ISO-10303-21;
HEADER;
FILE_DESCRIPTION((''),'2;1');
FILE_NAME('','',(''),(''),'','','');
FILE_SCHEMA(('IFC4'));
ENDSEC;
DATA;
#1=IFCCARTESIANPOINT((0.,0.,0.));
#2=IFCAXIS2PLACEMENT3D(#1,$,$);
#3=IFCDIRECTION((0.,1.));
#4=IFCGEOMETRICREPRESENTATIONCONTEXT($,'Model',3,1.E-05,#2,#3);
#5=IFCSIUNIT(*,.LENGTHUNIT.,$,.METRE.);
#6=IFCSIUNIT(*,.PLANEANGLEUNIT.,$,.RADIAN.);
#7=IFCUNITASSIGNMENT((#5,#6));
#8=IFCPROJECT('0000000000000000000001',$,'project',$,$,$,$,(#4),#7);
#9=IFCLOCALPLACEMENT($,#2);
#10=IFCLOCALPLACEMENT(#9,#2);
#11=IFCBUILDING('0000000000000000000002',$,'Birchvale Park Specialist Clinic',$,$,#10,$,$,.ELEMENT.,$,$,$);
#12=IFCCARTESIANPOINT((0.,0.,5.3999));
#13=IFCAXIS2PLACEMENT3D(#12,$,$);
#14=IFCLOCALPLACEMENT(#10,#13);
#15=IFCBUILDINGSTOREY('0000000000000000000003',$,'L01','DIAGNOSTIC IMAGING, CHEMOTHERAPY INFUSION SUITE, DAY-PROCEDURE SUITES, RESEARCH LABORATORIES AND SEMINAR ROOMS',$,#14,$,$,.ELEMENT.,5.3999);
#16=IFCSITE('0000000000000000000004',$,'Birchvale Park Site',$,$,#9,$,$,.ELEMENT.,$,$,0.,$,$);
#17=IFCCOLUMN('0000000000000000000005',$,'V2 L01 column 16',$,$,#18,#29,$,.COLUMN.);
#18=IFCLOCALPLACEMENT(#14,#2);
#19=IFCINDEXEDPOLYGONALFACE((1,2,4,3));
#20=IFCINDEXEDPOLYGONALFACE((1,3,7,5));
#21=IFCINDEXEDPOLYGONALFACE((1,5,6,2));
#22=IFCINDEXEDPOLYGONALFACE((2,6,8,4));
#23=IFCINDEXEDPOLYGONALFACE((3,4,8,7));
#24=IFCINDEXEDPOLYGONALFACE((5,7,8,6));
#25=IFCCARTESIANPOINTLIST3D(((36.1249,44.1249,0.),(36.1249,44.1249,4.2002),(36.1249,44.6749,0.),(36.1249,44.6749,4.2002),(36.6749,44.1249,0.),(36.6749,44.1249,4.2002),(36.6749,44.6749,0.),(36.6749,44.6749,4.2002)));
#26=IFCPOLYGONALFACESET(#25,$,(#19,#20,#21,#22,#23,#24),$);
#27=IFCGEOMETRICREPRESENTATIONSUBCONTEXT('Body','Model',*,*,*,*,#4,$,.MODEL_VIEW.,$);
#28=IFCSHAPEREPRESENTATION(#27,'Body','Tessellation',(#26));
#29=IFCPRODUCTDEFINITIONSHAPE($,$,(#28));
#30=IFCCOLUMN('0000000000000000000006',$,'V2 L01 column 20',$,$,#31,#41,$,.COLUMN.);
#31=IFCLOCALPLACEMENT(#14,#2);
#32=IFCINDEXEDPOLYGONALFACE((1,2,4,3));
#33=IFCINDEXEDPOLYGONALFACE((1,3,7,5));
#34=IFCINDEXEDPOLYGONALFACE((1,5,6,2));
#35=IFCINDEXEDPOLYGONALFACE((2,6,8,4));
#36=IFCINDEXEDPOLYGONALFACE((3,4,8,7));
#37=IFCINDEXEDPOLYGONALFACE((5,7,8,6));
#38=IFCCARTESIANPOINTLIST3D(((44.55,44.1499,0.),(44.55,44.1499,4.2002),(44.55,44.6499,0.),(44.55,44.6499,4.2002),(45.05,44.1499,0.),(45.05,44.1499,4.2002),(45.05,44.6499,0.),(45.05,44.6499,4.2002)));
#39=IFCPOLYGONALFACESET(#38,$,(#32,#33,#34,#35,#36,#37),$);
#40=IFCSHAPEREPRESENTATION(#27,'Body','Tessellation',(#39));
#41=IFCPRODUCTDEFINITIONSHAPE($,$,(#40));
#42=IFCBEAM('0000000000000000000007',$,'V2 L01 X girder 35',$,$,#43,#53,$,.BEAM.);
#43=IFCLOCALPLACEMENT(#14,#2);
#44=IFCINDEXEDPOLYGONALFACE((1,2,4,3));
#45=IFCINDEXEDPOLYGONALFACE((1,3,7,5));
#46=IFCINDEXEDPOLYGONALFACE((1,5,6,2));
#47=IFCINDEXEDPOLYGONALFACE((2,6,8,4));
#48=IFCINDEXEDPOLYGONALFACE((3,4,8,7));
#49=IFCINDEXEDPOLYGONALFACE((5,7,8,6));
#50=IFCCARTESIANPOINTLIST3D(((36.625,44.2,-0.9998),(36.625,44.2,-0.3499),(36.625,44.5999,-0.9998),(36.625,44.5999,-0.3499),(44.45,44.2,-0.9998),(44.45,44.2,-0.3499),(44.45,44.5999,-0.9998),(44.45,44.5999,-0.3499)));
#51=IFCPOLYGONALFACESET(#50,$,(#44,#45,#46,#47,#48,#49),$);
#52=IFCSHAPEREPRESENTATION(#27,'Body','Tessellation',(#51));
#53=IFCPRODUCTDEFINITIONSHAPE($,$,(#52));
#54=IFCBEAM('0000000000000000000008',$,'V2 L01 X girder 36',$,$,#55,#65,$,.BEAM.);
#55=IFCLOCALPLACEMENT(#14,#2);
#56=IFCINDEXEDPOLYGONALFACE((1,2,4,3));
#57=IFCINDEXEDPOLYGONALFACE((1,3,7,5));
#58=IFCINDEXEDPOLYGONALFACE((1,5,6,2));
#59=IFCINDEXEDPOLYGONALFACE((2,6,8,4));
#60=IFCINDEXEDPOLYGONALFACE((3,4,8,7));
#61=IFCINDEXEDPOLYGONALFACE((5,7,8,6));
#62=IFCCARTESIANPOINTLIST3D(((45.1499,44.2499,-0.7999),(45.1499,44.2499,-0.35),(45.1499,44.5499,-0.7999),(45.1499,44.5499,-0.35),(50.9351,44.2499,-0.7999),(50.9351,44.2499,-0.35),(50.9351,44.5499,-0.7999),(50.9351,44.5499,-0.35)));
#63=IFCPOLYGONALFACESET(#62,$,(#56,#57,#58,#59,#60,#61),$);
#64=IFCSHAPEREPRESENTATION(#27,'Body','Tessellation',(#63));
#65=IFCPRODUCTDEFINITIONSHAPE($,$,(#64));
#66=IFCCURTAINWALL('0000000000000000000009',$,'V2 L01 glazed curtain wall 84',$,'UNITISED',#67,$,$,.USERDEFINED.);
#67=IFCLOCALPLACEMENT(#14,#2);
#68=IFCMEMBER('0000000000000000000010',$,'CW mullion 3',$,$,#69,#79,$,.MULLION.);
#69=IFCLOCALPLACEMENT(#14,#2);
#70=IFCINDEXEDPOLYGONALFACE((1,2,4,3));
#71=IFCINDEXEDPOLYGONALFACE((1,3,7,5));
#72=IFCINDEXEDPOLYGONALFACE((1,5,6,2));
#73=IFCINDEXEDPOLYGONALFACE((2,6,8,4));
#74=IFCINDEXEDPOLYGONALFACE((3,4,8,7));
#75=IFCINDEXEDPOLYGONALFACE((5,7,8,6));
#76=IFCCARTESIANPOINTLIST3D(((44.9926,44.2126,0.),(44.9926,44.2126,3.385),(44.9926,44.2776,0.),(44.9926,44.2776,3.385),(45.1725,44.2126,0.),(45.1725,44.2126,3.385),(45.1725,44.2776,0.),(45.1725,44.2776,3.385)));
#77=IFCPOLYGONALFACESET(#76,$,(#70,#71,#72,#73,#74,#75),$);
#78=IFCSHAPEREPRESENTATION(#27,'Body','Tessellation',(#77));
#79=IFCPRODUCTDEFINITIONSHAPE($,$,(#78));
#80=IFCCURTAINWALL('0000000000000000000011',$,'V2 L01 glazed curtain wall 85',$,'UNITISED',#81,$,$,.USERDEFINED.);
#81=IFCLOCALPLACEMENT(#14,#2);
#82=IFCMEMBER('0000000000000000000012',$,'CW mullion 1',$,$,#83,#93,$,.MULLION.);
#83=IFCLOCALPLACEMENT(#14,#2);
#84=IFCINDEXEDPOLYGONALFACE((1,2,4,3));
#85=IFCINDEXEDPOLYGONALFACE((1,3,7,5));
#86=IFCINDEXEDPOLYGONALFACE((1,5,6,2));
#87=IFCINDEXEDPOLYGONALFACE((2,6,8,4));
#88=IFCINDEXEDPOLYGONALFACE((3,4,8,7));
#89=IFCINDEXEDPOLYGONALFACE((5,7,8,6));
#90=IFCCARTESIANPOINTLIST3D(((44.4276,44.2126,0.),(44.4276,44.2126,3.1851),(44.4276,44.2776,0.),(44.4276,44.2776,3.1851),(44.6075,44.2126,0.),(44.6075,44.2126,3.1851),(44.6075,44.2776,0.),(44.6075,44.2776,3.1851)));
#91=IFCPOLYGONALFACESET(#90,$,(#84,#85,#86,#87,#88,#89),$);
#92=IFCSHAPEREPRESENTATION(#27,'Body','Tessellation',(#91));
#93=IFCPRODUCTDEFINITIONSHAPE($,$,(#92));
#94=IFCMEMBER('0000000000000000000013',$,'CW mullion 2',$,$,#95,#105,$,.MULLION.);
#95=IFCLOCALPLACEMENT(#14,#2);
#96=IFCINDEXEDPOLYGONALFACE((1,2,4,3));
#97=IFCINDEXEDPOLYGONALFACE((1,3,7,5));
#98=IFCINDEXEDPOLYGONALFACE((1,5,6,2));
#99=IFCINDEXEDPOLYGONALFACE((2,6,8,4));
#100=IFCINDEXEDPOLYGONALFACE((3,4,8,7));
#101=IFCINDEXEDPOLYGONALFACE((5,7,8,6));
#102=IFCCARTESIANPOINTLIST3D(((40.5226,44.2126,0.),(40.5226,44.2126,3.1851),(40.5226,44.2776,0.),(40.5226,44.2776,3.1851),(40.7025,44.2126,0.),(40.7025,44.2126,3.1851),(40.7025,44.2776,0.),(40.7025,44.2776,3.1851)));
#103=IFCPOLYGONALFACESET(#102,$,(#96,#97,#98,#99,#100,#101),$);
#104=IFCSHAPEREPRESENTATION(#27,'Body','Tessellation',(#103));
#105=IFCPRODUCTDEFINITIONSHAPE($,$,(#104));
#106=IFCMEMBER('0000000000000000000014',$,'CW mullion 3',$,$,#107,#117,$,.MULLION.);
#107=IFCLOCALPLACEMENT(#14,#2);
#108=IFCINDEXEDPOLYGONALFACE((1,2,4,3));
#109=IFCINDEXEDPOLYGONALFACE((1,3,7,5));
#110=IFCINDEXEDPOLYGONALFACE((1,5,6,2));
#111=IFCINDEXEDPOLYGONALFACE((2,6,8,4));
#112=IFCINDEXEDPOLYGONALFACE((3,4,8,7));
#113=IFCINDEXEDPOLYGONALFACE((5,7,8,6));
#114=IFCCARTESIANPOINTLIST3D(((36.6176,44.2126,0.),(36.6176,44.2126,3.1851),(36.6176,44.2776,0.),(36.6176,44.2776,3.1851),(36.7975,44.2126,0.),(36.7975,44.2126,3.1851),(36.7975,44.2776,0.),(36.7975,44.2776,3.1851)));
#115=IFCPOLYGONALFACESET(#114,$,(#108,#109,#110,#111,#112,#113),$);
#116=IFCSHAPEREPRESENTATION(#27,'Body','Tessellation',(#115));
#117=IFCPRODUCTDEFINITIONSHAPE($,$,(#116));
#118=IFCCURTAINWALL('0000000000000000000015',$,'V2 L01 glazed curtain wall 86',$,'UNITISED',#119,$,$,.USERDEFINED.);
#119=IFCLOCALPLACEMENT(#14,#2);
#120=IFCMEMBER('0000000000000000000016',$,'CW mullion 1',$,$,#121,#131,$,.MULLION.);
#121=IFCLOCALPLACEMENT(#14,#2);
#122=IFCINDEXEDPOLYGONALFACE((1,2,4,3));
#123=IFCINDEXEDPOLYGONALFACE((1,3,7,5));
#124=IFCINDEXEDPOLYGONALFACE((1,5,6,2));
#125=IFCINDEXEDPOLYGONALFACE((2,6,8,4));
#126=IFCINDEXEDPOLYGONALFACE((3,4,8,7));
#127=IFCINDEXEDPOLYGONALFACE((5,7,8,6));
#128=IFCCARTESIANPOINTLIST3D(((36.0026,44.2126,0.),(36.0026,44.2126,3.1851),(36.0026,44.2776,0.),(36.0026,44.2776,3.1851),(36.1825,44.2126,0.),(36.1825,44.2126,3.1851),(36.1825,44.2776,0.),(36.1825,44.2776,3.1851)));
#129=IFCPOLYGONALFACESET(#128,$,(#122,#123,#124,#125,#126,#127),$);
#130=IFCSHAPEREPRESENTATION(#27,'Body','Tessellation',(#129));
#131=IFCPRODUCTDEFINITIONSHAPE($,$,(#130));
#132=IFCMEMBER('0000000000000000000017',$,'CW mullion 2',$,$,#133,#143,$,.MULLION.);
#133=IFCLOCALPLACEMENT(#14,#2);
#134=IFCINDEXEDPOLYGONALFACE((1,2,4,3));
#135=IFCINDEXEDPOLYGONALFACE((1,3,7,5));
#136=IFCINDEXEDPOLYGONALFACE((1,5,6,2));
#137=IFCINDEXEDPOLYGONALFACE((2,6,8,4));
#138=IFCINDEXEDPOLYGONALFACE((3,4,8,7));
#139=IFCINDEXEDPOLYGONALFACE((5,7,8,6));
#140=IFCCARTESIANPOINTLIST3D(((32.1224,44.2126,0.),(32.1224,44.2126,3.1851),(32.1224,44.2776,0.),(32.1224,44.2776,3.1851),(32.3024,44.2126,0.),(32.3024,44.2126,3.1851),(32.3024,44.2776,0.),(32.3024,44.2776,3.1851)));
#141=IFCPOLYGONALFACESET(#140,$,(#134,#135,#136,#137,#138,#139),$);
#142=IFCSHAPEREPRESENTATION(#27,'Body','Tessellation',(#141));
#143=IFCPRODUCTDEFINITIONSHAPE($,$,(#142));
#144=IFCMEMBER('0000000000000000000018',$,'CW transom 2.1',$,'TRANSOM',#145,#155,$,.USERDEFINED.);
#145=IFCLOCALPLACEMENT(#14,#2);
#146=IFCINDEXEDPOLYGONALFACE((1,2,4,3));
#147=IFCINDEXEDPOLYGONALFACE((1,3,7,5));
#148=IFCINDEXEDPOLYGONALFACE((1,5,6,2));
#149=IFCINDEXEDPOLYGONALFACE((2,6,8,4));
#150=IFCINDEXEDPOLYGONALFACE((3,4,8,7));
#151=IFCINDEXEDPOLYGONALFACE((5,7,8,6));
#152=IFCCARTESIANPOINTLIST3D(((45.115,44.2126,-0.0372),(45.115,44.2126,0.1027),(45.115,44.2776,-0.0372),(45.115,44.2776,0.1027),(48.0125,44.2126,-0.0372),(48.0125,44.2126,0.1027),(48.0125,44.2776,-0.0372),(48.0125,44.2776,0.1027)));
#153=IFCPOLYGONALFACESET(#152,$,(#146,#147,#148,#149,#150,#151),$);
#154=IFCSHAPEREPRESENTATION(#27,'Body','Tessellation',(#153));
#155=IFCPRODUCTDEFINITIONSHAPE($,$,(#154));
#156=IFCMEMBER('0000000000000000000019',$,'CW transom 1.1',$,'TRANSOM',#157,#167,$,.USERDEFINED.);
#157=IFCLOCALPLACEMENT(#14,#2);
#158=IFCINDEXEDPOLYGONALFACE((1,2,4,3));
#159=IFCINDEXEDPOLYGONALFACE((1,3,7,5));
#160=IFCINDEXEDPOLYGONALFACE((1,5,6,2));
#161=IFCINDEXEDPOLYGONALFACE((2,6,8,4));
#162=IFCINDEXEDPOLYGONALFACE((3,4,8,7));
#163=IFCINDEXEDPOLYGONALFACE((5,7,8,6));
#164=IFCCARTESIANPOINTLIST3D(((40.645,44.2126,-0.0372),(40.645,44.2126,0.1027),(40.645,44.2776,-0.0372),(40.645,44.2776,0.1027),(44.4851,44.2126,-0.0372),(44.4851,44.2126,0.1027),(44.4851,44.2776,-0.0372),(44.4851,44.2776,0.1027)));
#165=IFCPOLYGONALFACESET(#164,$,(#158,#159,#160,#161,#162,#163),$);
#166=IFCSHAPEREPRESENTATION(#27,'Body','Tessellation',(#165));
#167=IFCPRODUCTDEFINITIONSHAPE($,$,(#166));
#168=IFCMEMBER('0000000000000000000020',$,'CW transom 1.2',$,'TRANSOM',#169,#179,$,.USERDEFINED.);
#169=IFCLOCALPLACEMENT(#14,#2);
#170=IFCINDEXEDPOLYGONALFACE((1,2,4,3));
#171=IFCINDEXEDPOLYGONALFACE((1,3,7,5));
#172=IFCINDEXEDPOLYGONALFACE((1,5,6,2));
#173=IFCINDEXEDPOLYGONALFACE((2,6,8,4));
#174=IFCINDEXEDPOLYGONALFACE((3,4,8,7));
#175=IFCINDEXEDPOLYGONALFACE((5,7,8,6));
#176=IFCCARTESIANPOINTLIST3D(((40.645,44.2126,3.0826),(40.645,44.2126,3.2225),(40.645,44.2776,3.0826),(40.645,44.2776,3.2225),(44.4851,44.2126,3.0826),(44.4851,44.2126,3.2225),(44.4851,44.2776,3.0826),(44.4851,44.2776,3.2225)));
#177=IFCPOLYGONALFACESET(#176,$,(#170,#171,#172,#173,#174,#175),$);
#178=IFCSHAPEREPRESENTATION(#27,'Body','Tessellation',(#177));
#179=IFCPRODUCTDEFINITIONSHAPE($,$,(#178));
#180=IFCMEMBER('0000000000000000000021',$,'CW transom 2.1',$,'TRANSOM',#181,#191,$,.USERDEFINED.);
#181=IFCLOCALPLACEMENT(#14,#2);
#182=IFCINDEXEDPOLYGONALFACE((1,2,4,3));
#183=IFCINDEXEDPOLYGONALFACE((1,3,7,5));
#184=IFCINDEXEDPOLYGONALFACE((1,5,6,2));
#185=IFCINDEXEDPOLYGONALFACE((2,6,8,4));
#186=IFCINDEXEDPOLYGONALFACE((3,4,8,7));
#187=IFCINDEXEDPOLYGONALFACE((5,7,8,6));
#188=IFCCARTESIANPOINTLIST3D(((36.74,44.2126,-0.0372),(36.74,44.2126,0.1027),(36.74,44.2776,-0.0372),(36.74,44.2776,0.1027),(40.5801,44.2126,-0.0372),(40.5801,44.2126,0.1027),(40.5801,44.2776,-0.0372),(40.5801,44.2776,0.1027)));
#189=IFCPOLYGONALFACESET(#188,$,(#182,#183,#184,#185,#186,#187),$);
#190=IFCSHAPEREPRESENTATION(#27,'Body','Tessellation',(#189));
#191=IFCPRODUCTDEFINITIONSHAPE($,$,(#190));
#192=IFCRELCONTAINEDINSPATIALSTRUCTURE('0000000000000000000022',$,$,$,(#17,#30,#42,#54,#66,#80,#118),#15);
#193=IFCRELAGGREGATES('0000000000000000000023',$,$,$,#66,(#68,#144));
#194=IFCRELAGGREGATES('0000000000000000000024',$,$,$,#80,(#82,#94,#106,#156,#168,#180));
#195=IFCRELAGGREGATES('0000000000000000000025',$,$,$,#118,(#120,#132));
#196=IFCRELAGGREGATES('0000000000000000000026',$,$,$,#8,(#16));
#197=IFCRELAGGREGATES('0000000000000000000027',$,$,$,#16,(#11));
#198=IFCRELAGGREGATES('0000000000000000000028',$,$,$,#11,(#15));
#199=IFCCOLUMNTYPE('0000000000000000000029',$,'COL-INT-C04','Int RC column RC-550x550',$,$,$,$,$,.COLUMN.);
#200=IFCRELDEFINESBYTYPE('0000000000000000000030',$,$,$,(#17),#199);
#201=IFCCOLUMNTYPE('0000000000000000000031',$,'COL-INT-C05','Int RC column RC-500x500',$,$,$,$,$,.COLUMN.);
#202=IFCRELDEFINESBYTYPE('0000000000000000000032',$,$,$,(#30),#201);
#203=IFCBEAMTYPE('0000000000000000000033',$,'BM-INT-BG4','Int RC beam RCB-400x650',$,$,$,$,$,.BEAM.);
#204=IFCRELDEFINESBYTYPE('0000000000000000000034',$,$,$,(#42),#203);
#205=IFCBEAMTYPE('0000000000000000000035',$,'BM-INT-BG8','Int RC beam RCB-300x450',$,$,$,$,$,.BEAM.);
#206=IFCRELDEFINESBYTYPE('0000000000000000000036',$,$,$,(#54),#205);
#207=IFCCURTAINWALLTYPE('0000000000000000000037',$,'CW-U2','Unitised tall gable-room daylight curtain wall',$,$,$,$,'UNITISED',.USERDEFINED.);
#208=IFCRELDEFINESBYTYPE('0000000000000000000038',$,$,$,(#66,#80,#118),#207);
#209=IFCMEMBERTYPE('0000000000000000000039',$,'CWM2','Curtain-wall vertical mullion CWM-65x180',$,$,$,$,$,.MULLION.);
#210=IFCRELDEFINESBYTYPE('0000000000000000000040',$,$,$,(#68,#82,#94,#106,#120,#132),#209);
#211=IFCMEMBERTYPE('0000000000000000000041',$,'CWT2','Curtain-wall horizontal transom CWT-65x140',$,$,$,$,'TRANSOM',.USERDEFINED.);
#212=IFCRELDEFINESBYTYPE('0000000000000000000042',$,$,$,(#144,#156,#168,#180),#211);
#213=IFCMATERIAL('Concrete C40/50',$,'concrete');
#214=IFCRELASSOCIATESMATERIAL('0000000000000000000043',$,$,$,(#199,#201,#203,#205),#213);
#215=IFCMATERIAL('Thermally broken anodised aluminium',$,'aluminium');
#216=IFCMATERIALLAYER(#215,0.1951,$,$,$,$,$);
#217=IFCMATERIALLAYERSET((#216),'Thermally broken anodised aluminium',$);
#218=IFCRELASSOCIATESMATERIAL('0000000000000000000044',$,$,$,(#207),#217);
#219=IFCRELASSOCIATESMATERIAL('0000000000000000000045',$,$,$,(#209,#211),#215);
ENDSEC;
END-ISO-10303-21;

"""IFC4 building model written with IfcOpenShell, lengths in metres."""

from ifc_helpers import new_model, si_unit, direction, frame, origin, origin_2d, place, context, subcontext, project, spatial, rectangle, extrude, material, layer, layer_set, material_profile, profile_set, type_object, element, aggregate, save


model = new_model("IFC4")

# Units and contexts
model_context = context("Model", 3, precision=1e-05, world=origin(), true_north=direction((0.0, 1.0)))
body_context = subcontext(model_context, "Body", "Model", "MODEL_VIEW")
ifc_project = project(units=[si_unit("LENGTHUNIT", "METRE"), si_unit("PLANEANGLEUNIT", "RADIAN")], contexts=[model_context])

# Site, building, storey
site_placement = place(None, origin())
site = spatial("IfcSite", under=ifc_project, at=site_placement, Name="Birchvale Park Site", CompositionType="ELEMENT", RefElevation=0.0)
building_placement = place(site_placement, origin())
building = spatial("IfcBuilding", under=site, at=building_placement, Name="Birchvale Park Specialist Clinic", CompositionType="ELEMENT")
storey_placement = place(building_placement, frame((0.0, 0.0, 5.3999)))
storey = spatial("IfcBuildingStorey", under=building, at=storey_placement, Name="L01", Description="DIAGNOSTIC IMAGING, CHEMOTHERAPY INFUSION SUITE, DAY-PROCEDURE SUITES, RESEARCH LABORATORIES AND SEMINAR ROOMS", CompositionType="ELEMENT", Elevation=5.3999)

# Columns
ifc_material_1 = material(Name="Concrete C40/50", Category="concrete")
ifc_material_profile_1 = material_profile(ifc_material_1, rectangle(XDim=0.55, YDim=0.55, at=origin_2d()), Name="RC-550x550")
ifc_profile_set_1 = profile_set([ifc_material_profile_1], Name="Concrete C40/50")
column_type_1 = type_object("IfcColumnType", Name="COL-INT-C04", Description="Int RC column RC-550x550", PredefinedType="COLUMN", material=ifc_profile_set_1)
column_1_placement = place(storey_placement, frame((36.3999, 44.3999, 0.0), z_axis=(0.0, 0.0, 1.0), x_axis=(1.0, 0.0, 0.0)))
element("IfcColumn", 1, at=column_1_placement, inside=storey, type_object=column_type_1, Name="V2 L01 column 16", PredefinedType="COLUMN", context=body_context, shape_type="SweptSolid", body=[
    extrude(rectangle(XDim=0.55, YDim=0.55, at=origin_2d()), origin(), (0.0, 0.0, 1.0), 4.2002),
])
ifc_material_profile_2 = material_profile(ifc_material_1, rectangle(XDim=0.5, YDim=0.5, at=origin_2d()), Name="RC-500x500")
ifc_profile_set_2 = profile_set([ifc_material_profile_2], Name="Concrete C40/50")
column_type_2 = type_object("IfcColumnType", Name="COL-INT-C05", Description="Int RC column RC-500x500", PredefinedType="COLUMN", material=ifc_profile_set_2)
column_2_placement = place(storey_placement, frame((44.8, 44.3999, 0.0), z_axis=(0.0, 0.0, 1.0), x_axis=(1.0, 0.0, 0.0)))
element("IfcColumn", 2, at=column_2_placement, inside=storey, type_object=column_type_2, Name="V2 L01 column 20", PredefinedType="COLUMN", context=body_context, shape_type="SweptSolid", body=[
    extrude(rectangle(XDim=0.5, YDim=0.5, at=origin_2d()), origin(), (0.0, 0.0, 1.0), 4.2002),
])

# Beams
ifc_material_profile_3 = material_profile(ifc_material_1, rectangle(XDim=0.3999, YDim=0.6499, at=origin_2d()), Name="RCB-400x650")
ifc_profile_set_3 = profile_set([ifc_material_profile_3], Name="Concrete C40/50")
beam_type_1 = type_object("IfcBeamType", Name="BM-INT-BG4", Description="Int RC beam RCB-400x650", PredefinedType="BEAM", material=ifc_profile_set_3)
beam_1_placement = place(storey_placement, frame((36.625, 44.3999, -0.6748), z_axis=(1.0, 0.0, 0.0), x_axis=(0.0, 1.0, 0.0)))
element("IfcBeam", 3, at=beam_1_placement, inside=storey, type_object=beam_type_1, Name="V2 L01 X girder 35", PredefinedType="BEAM", context=body_context, shape_type="SweptSolid", body=[
    extrude(rectangle(XDim=0.3999, YDim=0.6499, at=origin_2d()), origin(), (0.0, 0.0, 1.0), 7.825),
])
ifc_material_profile_4 = material_profile(ifc_material_1, rectangle(XDim=0.3, YDim=0.45, at=origin_2d()), Name="RCB-300x450")
ifc_profile_set_4 = profile_set([ifc_material_profile_4], Name="Concrete C40/50")
beam_type_2 = type_object("IfcBeamType", Name="BM-INT-BG8", Description="Int RC beam RCB-300x450", PredefinedType="BEAM", material=ifc_profile_set_4)
beam_2_placement = place(storey_placement, frame((45.1499, 44.3999, -0.575), z_axis=(1.0, 0.0, 0.0), x_axis=(0.0, 1.0, 0.0)))
element("IfcBeam", 4, at=beam_2_placement, inside=storey, type_object=beam_type_2, Name="V2 L01 X girder 36", PredefinedType="BEAM", context=body_context, shape_type="SweptSolid", body=[
    extrude(rectangle(XDim=0.3, YDim=0.45, at=origin_2d()), origin(), (0.0, 0.0, 1.0), 5.7852),
])

# Curtain wall, member
ifc_material_2 = material(Name="Thermally broken anodised aluminium", Category="aluminium")
ifc_layer_1 = layer(ifc_material_2, 0.1951)
ifc_layer_set_1 = layer_set([ifc_layer_1], Name="Thermally broken anodised aluminium")
curtain_wall_type = type_object("IfcCurtainWallType", Name="CW-U2", Description="Unitised tall gable-room daylight curtain wall", ElementType="UNITISED", PredefinedType="USERDEFINED", material=ifc_layer_set_1)
curtain_wall_1_placement = place(storey_placement, origin())
curtain_wall_1 = element("IfcCurtainWall", 5, at=curtain_wall_1_placement, inside=storey, type_object=curtain_wall_type, Name="V2 L01 glazed curtain wall 84", ObjectType="UNITISED", PredefinedType="USERDEFINED")
ifc_material_profile_5 = material_profile(ifc_material_2, rectangle(XDim=0.0649, YDim=0.1799, at=origin_2d()), Name="CWM-65x180")
ifc_profile_set_5 = profile_set([ifc_material_profile_5], Name="Thermally broken anodised aluminium")
member_type_1 = type_object("IfcMemberType", Name="CWM2", Description="Curtain-wall vertical mullion CWM-65x180", PredefinedType="MULLION", material=ifc_profile_set_5)
member_1_placement = place(storey_placement, frame((45.0825, 44.2451, 0.0), z_axis=(0.0, 0.0, 1.0), x_axis=(0.0, -1.0, 0.0)))
member_1 = element("IfcMember", 6, at=member_1_placement, type_object=member_type_1, Name="CW mullion 3", PredefinedType="MULLION", context=body_context, shape_type="SweptSolid", body=[
    extrude(rectangle(XDim=0.0649, YDim=0.1799, at=origin_2d()), origin(), (0.0, 0.0, 1.0), 3.385),
])

# Curtain walls, members
curtain_wall_2_placement = place(storey_placement, origin())
curtain_wall_2 = element("IfcCurtainWall", 7, at=curtain_wall_2_placement, inside=storey, type_object=curtain_wall_type, Name="V2 L01 glazed curtain wall 85", ObjectType="UNITISED", PredefinedType="USERDEFINED")
member_2_placement = place(storey_placement, frame((44.5176, 44.2451, 0.0), z_axis=(0.0, 0.0, 1.0), x_axis=(0.0, -1.0, 0.0)))
member_2 = element("IfcMember", 8, at=member_2_placement, type_object=member_type_1, Name="CW mullion 1", PredefinedType="MULLION", context=body_context, shape_type="SweptSolid", body=[
    extrude(rectangle(XDim=0.0649, YDim=0.1799, at=origin_2d()), origin(), (0.0, 0.0, 1.0), 3.1851),
])
member_3_placement = place(storey_placement, frame((40.6125, 44.2451, 0.0), z_axis=(0.0, 0.0, 1.0), x_axis=(0.0, -1.0, 0.0)))
member_3 = element("IfcMember", 9, at=member_3_placement, type_object=member_type_1, Name="CW mullion 2", PredefinedType="MULLION", context=body_context, shape_type="SweptSolid", body=[
    extrude(rectangle(XDim=0.0649, YDim=0.1799, at=origin_2d()), origin(), (0.0, 0.0, 1.0), 3.1851),
])
member_4_placement = place(storey_placement, frame((36.7075, 44.2451, 0.0), z_axis=(0.0, 0.0, 1.0), x_axis=(0.0, -1.0, 0.0)))
member_4 = element("IfcMember", 10, at=member_4_placement, type_object=member_type_1, Name="CW mullion 3", PredefinedType="MULLION", context=body_context, shape_type="SweptSolid", body=[
    extrude(rectangle(XDim=0.0649, YDim=0.1799, at=origin_2d()), origin(), (0.0, 0.0, 1.0), 3.1851),
])
curtain_wall_3_placement = place(storey_placement, origin())
curtain_wall_3 = element("IfcCurtainWall", 11, at=curtain_wall_3_placement, inside=storey, type_object=curtain_wall_type, Name="V2 L01 glazed curtain wall 86", ObjectType="UNITISED", PredefinedType="USERDEFINED")
member_5_placement = place(storey_placement, frame((36.0925, 44.2451, 0.0), z_axis=(0.0, 0.0, 1.0), x_axis=(0.0, -1.0, 0.0)))
member_5 = element("IfcMember", 12, at=member_5_placement, type_object=member_type_1, Name="CW mullion 1", PredefinedType="MULLION", context=body_context, shape_type="SweptSolid", body=[
    extrude(rectangle(XDim=0.0649, YDim=0.1799, at=origin_2d()), origin(), (0.0, 0.0, 1.0), 3.1851),
])
member_6_placement = place(storey_placement, frame((32.2124, 44.2451, 0.0), z_axis=(0.0, 0.0, 1.0), x_axis=(0.0, -1.0, 0.0)))
member_6 = element("IfcMember", 13, at=member_6_placement, type_object=member_type_1, Name="CW mullion 2", PredefinedType="MULLION", context=body_context, shape_type="SweptSolid", body=[
    extrude(rectangle(XDim=0.0649, YDim=0.1799, at=origin_2d()), origin(), (0.0, 0.0, 1.0), 3.1851),
])

# Members
ifc_material_profile_6 = material_profile(ifc_material_2, rectangle(XDim=0.0649, YDim=0.1399, at=origin_2d()), Name="CWT-65x140")
ifc_profile_set_6 = profile_set([ifc_material_profile_6], Name="Thermally broken anodised aluminium")
member_type_2 = type_object("IfcMemberType", Name="CWT2", Description="Curtain-wall horizontal transom CWT-65x140", ElementType="TRANSOM", PredefinedType="USERDEFINED", material=ifc_profile_set_6)
member_7_placement = place(storey_placement, frame((48.0125, 44.2451, 0.0327), z_axis=(-1.0, 0.0, 0.0), x_axis=(0.0, -1.0, 0.0)))
member_7 = element("IfcMember", 14, at=member_7_placement, type_object=member_type_2, Name="CW transom 2.1", ObjectType="TRANSOM", PredefinedType="USERDEFINED", context=body_context, shape_type="SweptSolid", body=[
    extrude(rectangle(XDim=0.0649, YDim=0.1399, at=origin_2d()), origin(), (0.0, 0.0, 1.0), 2.8975),
])
member_8_placement = place(storey_placement, frame((44.4851, 44.2451, 0.0327), z_axis=(-1.0, 0.0, 0.0), x_axis=(0.0, -1.0, 0.0)))
member_8 = element("IfcMember", 15, at=member_8_placement, type_object=member_type_2, Name="CW transom 1.1", ObjectType="TRANSOM", PredefinedType="USERDEFINED", context=body_context, shape_type="SweptSolid", body=[
    extrude(rectangle(XDim=0.0649, YDim=0.1399, at=origin_2d()), origin(), (0.0, 0.0, 1.0), 3.8401),
])
member_9_placement = place(storey_placement, frame((44.4851, 44.2451, 3.1526), z_axis=(-1.0, 0.0, 0.0), x_axis=(0.0, -1.0, 0.0)))
member_9 = element("IfcMember", 16, at=member_9_placement, type_object=member_type_2, Name="CW transom 1.2", ObjectType="TRANSOM", PredefinedType="USERDEFINED", context=body_context, shape_type="SweptSolid", body=[
    extrude(rectangle(XDim=0.0649, YDim=0.1399, at=origin_2d()), origin(), (0.0, 0.0, 1.0), 3.8401),
])
member_10_placement = place(storey_placement, frame((40.5801, 44.2451, 0.0327), z_axis=(-1.0, 0.0, 0.0), x_axis=(0.0, -1.0, 0.0)))
member_10 = element("IfcMember", 17, at=member_10_placement, type_object=member_type_2, Name="CW transom 2.1", ObjectType="TRANSOM", PredefinedType="USERDEFINED", context=body_context, shape_type="SweptSolid", body=[
    extrude(rectangle(XDim=0.0649, YDim=0.1399, at=origin_2d()), origin(), (0.0, 0.0, 1.0), 3.8401),
])

aggregate(curtain_wall_1, [member_1, member_7])
aggregate(curtain_wall_2, [member_2, member_3, member_4, member_8, member_9, member_10])
aggregate(curtain_wall_3, [member_5, member_6])

save(model, "model.ifc")
